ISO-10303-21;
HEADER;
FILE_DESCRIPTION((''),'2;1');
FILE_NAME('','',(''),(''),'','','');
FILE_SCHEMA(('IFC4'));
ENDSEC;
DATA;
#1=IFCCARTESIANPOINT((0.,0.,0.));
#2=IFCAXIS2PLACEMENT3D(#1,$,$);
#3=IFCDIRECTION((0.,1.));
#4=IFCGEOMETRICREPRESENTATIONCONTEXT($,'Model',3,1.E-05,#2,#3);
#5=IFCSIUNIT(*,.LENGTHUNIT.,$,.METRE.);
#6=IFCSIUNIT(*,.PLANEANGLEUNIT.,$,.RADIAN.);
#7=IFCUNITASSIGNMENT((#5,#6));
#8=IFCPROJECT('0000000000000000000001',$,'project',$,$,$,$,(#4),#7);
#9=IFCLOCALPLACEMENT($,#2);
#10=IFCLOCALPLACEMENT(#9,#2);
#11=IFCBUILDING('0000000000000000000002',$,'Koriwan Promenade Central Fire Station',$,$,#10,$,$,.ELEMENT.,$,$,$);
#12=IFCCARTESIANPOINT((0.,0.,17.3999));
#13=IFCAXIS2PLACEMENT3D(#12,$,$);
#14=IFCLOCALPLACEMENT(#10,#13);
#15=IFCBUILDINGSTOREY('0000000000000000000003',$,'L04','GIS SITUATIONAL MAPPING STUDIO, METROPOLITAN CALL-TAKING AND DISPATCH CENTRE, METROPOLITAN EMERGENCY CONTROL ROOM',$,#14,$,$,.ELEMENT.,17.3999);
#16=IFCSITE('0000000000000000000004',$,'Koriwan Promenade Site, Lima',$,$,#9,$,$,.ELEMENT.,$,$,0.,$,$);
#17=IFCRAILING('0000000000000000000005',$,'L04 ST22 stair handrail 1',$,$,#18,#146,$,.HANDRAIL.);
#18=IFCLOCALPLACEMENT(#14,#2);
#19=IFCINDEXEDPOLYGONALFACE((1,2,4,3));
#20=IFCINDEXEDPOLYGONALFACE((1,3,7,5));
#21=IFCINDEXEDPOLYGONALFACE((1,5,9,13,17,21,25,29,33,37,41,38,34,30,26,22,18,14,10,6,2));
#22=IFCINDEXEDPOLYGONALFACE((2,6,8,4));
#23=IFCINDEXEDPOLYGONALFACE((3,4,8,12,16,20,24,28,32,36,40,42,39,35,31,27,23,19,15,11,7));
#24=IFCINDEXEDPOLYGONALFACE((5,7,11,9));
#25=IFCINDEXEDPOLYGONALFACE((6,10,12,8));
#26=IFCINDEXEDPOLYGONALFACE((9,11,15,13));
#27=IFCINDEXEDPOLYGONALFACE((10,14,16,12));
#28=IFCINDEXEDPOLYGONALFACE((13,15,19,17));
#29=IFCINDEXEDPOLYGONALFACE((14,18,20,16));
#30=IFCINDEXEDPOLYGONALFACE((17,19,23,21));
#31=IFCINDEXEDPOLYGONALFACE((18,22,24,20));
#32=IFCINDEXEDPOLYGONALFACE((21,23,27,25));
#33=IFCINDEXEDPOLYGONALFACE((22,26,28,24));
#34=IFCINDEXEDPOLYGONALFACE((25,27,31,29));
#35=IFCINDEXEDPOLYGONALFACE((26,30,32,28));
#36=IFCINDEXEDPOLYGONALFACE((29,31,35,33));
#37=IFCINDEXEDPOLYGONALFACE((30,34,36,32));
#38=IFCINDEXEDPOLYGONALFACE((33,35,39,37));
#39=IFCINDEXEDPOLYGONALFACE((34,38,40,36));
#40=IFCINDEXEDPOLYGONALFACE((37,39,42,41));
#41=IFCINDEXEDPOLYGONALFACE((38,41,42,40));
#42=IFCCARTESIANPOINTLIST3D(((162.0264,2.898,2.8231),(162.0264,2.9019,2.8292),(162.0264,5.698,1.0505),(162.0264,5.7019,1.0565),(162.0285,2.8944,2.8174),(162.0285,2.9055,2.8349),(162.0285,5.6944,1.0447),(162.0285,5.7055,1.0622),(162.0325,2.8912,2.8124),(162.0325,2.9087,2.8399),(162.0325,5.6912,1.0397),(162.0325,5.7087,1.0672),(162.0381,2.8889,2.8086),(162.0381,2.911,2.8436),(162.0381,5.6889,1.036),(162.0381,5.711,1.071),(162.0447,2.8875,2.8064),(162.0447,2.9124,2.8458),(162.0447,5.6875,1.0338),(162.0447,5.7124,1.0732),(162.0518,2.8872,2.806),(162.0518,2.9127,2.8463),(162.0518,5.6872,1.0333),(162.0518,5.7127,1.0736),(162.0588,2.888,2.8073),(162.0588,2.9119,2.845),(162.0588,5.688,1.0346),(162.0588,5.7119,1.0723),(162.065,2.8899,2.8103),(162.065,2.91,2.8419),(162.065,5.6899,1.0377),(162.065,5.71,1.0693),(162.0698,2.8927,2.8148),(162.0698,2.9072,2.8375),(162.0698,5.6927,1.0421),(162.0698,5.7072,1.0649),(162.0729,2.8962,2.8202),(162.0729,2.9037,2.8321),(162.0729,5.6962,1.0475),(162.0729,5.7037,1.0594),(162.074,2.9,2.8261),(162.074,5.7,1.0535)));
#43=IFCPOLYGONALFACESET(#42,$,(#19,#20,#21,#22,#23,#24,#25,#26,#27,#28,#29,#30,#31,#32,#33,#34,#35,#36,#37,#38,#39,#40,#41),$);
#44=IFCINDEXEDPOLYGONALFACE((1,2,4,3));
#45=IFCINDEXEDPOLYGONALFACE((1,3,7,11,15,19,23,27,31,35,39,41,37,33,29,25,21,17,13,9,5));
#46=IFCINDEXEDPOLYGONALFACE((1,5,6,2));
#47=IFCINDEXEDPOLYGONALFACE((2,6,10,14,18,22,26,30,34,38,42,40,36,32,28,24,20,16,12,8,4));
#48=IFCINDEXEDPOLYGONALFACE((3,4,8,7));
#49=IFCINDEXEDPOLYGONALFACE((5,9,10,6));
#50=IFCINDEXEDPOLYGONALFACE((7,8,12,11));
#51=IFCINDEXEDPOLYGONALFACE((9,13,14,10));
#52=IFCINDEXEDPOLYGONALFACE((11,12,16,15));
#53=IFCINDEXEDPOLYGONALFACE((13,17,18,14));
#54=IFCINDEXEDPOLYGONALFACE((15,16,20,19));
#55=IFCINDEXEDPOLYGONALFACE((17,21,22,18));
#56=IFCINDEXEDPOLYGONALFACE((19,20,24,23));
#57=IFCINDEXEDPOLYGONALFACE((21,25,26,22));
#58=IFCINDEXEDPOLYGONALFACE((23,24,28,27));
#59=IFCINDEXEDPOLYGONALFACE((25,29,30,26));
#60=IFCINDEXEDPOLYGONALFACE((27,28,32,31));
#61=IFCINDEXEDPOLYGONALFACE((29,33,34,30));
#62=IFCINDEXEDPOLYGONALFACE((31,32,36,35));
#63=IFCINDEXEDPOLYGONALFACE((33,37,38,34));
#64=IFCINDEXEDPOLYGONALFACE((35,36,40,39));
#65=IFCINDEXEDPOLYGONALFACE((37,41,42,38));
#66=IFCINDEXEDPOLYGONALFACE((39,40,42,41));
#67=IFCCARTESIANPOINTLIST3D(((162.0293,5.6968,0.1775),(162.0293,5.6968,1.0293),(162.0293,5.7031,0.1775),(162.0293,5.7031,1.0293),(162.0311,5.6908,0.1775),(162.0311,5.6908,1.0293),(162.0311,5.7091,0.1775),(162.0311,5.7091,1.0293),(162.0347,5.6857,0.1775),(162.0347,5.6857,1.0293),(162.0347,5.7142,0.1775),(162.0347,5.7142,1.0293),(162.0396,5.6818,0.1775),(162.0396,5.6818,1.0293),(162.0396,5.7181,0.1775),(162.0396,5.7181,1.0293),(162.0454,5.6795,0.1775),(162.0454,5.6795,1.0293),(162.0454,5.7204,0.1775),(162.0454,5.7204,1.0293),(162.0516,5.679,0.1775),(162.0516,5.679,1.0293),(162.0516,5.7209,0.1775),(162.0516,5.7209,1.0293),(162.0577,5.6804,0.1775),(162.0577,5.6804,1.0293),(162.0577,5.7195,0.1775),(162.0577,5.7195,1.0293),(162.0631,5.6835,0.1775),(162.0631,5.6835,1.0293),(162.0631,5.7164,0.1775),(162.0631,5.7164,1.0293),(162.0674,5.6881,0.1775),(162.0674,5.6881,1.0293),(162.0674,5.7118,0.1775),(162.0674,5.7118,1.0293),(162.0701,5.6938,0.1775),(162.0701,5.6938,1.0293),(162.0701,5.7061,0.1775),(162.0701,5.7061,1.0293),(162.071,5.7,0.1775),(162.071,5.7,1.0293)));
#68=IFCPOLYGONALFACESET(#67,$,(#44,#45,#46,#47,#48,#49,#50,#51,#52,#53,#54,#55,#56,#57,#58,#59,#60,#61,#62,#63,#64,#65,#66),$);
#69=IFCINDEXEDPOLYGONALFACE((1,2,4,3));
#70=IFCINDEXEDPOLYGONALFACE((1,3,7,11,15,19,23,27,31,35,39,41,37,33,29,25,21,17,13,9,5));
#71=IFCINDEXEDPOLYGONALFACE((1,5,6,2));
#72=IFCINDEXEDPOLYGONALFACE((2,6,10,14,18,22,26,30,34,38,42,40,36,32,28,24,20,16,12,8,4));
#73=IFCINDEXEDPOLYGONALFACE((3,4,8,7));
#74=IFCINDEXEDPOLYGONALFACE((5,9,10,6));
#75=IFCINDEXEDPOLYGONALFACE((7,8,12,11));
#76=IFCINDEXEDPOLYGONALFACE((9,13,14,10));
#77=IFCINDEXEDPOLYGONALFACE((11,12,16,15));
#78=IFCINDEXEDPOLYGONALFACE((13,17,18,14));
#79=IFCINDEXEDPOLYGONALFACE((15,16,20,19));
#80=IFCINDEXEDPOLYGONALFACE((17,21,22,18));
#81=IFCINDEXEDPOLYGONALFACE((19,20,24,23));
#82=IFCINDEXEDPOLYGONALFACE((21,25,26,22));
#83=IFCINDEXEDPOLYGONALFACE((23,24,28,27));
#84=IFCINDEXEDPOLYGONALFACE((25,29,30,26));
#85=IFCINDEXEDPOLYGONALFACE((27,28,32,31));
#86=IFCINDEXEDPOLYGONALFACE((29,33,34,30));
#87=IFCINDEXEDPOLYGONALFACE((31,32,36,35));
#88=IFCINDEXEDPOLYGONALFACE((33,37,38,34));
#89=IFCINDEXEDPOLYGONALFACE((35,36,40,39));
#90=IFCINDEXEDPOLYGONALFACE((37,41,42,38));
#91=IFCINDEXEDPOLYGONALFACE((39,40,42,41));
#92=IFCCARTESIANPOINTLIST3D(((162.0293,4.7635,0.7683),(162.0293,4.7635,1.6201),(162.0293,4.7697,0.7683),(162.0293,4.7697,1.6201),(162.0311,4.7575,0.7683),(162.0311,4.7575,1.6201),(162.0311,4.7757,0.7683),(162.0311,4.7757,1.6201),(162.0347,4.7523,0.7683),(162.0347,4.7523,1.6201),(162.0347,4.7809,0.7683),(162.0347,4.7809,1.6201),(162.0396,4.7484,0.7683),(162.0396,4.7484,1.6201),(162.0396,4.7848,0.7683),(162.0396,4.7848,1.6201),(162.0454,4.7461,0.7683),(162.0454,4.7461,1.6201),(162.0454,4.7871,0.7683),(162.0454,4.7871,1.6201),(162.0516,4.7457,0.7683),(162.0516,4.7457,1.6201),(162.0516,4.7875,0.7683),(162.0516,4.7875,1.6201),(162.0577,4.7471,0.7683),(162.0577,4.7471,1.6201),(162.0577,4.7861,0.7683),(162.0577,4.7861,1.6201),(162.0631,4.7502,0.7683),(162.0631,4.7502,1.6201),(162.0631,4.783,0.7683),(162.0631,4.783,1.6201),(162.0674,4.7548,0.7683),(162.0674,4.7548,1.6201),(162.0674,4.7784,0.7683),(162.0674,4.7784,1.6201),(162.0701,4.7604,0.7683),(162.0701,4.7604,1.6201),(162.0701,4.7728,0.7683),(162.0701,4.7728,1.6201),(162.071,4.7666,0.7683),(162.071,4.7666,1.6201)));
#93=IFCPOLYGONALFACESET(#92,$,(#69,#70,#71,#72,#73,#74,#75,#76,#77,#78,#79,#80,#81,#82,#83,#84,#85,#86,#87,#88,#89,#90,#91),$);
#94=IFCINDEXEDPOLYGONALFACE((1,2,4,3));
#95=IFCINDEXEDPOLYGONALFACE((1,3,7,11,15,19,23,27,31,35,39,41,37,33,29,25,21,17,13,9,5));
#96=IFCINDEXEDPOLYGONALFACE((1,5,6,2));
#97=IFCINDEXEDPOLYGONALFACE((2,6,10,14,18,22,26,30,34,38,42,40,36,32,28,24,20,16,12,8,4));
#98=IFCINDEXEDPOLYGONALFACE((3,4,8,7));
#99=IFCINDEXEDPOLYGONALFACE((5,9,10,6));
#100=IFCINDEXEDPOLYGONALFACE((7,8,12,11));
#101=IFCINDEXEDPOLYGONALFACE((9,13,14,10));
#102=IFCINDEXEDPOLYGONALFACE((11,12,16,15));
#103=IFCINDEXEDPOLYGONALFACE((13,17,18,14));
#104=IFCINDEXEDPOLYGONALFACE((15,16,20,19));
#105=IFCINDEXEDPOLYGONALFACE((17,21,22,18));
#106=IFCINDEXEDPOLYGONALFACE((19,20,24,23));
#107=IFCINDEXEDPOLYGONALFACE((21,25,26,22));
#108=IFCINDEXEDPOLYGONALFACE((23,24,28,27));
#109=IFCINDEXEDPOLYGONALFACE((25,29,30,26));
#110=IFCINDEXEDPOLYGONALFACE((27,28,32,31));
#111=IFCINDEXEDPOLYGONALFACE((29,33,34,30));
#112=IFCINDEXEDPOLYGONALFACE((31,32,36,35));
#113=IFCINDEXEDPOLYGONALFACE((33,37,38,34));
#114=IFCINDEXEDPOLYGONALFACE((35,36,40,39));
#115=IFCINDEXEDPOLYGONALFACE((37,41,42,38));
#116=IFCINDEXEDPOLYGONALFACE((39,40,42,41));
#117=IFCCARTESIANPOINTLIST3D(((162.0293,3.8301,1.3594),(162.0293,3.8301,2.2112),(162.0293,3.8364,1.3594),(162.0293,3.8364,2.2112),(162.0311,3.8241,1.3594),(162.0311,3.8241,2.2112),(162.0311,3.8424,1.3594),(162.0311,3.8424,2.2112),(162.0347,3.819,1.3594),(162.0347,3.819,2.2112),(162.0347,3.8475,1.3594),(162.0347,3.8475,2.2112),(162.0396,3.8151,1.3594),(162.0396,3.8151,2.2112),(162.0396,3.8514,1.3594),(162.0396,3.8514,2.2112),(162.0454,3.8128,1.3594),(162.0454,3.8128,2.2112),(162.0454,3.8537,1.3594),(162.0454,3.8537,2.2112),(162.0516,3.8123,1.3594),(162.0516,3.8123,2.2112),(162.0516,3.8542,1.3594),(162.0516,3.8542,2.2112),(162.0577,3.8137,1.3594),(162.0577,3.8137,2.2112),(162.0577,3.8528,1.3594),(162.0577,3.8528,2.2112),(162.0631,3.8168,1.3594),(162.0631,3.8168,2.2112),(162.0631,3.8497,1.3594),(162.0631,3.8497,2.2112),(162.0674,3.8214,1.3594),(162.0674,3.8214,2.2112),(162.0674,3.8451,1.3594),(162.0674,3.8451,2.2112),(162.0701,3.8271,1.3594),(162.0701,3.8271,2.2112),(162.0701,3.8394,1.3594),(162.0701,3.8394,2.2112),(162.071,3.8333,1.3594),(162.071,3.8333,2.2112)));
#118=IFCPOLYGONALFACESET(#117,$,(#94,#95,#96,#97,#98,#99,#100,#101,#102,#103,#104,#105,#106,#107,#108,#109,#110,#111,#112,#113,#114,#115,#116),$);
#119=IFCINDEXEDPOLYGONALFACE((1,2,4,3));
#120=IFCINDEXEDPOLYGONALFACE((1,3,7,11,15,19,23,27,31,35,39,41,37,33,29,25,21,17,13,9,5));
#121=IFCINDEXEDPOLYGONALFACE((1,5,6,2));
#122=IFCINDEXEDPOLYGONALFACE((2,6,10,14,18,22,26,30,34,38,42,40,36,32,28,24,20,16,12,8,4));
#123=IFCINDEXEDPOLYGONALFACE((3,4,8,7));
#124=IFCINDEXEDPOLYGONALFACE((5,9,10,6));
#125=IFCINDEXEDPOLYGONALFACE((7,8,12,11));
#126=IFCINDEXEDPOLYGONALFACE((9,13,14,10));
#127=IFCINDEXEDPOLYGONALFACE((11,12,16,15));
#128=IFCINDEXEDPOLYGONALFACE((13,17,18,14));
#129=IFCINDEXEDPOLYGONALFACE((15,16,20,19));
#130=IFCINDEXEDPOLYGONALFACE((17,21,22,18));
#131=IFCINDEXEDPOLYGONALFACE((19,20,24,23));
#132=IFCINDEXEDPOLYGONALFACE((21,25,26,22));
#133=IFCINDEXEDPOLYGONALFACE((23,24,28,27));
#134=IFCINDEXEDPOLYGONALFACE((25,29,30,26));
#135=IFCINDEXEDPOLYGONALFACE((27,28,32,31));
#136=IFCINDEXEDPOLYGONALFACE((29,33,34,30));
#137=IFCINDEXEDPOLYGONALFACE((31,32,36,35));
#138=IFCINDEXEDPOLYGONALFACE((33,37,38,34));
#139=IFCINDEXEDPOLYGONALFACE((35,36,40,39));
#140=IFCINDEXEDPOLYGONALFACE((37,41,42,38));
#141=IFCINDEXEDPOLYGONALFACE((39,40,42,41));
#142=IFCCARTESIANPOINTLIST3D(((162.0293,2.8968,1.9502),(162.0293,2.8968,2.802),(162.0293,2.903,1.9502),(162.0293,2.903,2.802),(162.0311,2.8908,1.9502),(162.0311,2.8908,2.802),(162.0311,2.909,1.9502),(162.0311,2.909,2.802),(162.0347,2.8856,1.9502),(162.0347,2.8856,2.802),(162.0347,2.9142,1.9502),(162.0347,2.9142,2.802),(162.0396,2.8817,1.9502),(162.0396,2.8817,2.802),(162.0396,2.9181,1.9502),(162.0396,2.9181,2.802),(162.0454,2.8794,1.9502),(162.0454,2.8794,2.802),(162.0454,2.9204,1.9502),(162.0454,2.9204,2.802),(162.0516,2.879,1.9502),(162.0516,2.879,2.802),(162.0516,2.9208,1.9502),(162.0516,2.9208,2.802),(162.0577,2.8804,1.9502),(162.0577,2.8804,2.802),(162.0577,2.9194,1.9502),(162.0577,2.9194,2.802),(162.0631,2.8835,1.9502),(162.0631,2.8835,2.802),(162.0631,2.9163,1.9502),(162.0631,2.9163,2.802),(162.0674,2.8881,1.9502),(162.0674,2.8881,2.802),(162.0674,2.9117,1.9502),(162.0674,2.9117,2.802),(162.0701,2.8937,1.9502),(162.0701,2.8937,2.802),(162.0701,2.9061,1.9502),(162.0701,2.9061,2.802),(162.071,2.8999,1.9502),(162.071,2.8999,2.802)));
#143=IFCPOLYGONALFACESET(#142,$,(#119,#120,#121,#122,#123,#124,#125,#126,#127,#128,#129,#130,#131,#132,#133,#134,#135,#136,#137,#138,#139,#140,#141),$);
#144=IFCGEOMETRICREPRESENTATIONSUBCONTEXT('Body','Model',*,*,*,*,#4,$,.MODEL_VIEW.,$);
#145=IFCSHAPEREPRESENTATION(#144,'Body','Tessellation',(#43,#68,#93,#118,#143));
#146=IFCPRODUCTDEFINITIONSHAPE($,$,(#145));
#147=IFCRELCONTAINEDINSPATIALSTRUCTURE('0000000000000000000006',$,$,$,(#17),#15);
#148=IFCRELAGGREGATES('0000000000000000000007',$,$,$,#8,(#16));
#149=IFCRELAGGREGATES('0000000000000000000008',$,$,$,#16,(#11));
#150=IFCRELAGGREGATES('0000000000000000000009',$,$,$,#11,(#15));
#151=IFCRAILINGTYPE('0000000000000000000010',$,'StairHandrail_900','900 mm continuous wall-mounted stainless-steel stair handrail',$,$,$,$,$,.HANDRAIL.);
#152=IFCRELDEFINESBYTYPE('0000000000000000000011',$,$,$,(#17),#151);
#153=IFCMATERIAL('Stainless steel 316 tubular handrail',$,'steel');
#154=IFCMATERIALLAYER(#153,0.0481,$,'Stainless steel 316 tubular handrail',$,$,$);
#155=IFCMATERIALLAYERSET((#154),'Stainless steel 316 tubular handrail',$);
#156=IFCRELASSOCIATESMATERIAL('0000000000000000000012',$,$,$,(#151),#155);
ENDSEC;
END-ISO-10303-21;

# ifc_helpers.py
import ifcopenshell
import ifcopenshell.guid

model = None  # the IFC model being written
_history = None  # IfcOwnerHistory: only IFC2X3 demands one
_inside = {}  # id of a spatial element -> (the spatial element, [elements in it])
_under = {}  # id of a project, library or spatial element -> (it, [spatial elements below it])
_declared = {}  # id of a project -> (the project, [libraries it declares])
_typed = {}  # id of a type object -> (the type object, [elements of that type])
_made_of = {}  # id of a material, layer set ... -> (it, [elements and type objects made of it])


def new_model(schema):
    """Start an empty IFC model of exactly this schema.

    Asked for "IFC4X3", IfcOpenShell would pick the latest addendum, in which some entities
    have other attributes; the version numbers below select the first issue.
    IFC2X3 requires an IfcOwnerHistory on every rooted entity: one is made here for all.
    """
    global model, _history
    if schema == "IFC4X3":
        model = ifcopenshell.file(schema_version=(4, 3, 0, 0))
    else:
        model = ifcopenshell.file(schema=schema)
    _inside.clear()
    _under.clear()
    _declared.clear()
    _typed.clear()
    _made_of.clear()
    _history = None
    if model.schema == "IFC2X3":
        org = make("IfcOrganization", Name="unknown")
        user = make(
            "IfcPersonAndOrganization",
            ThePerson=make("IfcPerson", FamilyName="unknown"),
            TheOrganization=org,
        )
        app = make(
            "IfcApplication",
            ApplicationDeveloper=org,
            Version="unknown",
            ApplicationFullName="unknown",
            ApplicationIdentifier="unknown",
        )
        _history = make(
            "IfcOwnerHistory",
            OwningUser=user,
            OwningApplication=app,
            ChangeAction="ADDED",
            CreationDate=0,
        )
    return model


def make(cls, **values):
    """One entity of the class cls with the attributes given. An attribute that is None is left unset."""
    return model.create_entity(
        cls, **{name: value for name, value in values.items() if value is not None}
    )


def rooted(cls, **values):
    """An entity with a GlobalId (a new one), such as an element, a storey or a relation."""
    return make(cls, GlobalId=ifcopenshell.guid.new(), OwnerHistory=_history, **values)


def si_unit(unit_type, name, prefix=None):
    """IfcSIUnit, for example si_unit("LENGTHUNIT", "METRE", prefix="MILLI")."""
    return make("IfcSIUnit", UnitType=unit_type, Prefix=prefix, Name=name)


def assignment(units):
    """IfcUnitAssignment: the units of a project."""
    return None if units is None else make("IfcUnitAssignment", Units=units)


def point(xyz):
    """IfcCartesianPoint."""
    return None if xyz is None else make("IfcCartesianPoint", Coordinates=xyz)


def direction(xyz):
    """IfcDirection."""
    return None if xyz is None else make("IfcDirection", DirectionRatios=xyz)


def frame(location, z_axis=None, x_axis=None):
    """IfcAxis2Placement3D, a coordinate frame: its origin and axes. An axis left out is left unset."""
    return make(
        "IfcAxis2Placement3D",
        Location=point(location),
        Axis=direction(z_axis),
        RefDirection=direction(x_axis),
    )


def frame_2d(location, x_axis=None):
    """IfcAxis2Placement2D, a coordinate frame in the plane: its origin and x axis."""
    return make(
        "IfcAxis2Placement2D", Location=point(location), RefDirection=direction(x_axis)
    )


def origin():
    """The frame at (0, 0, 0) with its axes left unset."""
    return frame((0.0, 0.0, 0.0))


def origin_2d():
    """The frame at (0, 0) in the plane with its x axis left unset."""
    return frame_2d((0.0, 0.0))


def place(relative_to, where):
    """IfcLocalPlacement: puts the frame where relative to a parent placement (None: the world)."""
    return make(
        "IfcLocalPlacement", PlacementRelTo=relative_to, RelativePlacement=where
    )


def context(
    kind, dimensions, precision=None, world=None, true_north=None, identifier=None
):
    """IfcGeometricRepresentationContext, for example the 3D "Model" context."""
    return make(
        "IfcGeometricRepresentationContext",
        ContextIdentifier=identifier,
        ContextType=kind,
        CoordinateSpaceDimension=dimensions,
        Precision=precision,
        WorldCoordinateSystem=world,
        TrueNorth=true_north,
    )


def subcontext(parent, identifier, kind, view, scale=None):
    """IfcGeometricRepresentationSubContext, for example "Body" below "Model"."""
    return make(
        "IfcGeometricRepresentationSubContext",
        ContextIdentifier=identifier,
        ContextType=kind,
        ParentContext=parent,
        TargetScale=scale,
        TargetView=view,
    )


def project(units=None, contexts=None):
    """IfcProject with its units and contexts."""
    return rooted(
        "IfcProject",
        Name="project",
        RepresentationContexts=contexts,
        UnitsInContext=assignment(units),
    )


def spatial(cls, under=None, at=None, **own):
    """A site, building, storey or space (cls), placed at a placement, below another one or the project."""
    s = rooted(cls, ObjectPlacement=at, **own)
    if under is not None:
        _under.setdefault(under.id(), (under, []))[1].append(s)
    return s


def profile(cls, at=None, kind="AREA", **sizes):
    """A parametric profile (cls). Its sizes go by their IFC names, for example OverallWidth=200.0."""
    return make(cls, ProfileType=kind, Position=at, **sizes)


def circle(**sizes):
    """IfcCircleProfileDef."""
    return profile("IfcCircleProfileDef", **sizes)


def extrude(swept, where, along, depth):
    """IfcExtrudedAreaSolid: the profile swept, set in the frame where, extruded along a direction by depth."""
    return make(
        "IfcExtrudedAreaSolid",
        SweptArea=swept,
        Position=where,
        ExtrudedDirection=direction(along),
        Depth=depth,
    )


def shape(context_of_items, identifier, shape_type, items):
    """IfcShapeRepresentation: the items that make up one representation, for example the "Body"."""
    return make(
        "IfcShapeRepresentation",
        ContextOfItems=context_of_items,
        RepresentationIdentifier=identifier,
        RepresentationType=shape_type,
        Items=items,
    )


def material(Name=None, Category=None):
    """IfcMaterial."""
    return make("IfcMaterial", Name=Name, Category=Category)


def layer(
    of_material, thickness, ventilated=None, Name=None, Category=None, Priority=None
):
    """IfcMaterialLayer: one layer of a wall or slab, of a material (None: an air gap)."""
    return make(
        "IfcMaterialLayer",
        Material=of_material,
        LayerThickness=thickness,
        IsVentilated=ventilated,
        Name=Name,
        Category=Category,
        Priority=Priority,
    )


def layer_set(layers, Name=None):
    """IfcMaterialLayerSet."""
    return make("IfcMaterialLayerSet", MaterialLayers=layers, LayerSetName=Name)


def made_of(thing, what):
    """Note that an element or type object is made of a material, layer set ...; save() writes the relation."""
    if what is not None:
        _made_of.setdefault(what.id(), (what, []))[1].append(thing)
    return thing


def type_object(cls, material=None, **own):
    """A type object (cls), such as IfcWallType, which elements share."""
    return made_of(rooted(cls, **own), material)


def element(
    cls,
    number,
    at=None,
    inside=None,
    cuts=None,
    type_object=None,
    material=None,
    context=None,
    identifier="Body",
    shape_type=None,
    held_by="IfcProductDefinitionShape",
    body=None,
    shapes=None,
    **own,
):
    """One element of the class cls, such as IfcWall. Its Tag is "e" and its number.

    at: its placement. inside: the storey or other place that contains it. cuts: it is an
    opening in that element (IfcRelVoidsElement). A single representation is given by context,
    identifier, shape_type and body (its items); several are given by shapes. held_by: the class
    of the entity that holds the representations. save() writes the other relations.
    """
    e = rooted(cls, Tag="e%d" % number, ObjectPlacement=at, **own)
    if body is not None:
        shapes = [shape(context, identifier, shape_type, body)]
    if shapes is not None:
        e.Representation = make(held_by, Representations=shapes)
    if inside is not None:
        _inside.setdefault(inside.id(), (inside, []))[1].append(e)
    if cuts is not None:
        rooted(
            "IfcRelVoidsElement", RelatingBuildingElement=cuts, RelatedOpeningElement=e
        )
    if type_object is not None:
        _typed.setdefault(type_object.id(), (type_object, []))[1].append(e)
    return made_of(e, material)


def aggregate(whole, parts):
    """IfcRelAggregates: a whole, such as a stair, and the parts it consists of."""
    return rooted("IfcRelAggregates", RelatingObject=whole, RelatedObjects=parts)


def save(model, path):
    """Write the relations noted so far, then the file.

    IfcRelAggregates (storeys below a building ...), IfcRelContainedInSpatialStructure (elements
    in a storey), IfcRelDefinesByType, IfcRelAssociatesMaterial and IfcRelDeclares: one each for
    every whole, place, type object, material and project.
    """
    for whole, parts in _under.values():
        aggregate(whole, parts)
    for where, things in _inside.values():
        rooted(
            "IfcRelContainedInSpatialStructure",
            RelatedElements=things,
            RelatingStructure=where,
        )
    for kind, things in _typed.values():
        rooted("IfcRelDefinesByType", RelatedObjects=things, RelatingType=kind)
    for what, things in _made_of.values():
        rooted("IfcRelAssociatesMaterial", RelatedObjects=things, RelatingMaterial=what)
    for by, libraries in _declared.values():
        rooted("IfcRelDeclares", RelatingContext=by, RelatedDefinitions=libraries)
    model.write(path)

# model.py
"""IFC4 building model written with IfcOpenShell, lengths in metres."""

from ifc_helpers import new_model, si_unit, direction, frame, origin, origin_2d, place, context, subcontext, project, spatial, circle, extrude, material, layer, layer_set, type_object, element, save


model = new_model("IFC4")

# Units and contexts
model_context = context("Model", 3, precision=1e-05, world=origin(), true_north=direction((0.0, 1.0)))
body_context = subcontext(model_context, "Body", "Model", "MODEL_VIEW")
ifc_project = project(units=[si_unit("LENGTHUNIT", "METRE"), si_unit("PLANEANGLEUNIT", "RADIAN")], contexts=[model_context])

# Site, building, storey
site_placement = place(None, origin())
site = spatial("IfcSite", under=ifc_project, at=site_placement, Name="Koriwan Promenade Site, Lima", CompositionType="ELEMENT", RefElevation=0.0)
building_placement = place(site_placement, origin())
building = spatial("IfcBuilding", under=site, at=building_placement, Name="Koriwan Promenade Central Fire Station", CompositionType="ELEMENT")
storey_placement = place(building_placement, frame((0.0, 0.0, 17.3999)))
storey = spatial("IfcBuildingStorey", under=building, at=storey_placement, Name="L04", Description="GIS SITUATIONAL MAPPING STUDIO, METROPOLITAN CALL-TAKING AND DISPATCH CENTRE, METROPOLITAN EMERGENCY CONTROL ROOM", CompositionType="ELEMENT", Elevation=17.3999)

# Railing
ifc_material_1 = material(Name="Stainless steel 316 tubular handrail", Category="steel")
ifc_layer_1 = layer(ifc_material_1, 0.0481, Name="Stainless steel 316 tubular handrail")
ifc_layer_set_1 = layer_set([ifc_layer_1], Name="Stainless steel 316 tubular handrail")
railing_type = type_object("IfcRailingType", Name="StairHandrail_900", Description="900 mm continuous wall-mounted stainless-steel stair handrail", PredefinedType="HANDRAIL", material=ifc_layer_set_1)
railing_placement = place(storey_placement, frame((162.05, 5.7, 0.1775)))
element("IfcRailing", 1, at=railing_placement, inside=storey, type_object=railing_type, Name="L04 ST22 stair handrail 1", PredefinedType="HANDRAIL", context=body_context, shape_type="SweptSolid", body=[
    extrude(circle(Radius=0.0239, at=origin_2d()), frame((0.0, 0.0, 0.876), z_axis=(0.0, -0.844909, 0.53491), x_axis=(1.0, 0.0, 0.0)), (0.0, 0.0, 1.0), 3.314),
    extrude(circle(Radius=0.021, at=origin_2d()), origin(), (0.0, 0.0, 1.0), 0.8518),
    extrude(circle(Radius=0.021, at=origin_2d()), frame((0.0, -0.9333, 0.5908)), (0.0, 0.0, 1.0), 0.8518),
    extrude(circle(Radius=0.021, at=origin_2d()), frame((0.0, -1.8667, 1.1819)), (0.0, 0.0, 1.0), 0.8518),
    extrude(circle(Radius=0.021, at=origin_2d()), frame((0.0, -2.8, 1.7727)), (0.0, 0.0, 1.0), 0.8518),
])

save(model, "model.ifc")
